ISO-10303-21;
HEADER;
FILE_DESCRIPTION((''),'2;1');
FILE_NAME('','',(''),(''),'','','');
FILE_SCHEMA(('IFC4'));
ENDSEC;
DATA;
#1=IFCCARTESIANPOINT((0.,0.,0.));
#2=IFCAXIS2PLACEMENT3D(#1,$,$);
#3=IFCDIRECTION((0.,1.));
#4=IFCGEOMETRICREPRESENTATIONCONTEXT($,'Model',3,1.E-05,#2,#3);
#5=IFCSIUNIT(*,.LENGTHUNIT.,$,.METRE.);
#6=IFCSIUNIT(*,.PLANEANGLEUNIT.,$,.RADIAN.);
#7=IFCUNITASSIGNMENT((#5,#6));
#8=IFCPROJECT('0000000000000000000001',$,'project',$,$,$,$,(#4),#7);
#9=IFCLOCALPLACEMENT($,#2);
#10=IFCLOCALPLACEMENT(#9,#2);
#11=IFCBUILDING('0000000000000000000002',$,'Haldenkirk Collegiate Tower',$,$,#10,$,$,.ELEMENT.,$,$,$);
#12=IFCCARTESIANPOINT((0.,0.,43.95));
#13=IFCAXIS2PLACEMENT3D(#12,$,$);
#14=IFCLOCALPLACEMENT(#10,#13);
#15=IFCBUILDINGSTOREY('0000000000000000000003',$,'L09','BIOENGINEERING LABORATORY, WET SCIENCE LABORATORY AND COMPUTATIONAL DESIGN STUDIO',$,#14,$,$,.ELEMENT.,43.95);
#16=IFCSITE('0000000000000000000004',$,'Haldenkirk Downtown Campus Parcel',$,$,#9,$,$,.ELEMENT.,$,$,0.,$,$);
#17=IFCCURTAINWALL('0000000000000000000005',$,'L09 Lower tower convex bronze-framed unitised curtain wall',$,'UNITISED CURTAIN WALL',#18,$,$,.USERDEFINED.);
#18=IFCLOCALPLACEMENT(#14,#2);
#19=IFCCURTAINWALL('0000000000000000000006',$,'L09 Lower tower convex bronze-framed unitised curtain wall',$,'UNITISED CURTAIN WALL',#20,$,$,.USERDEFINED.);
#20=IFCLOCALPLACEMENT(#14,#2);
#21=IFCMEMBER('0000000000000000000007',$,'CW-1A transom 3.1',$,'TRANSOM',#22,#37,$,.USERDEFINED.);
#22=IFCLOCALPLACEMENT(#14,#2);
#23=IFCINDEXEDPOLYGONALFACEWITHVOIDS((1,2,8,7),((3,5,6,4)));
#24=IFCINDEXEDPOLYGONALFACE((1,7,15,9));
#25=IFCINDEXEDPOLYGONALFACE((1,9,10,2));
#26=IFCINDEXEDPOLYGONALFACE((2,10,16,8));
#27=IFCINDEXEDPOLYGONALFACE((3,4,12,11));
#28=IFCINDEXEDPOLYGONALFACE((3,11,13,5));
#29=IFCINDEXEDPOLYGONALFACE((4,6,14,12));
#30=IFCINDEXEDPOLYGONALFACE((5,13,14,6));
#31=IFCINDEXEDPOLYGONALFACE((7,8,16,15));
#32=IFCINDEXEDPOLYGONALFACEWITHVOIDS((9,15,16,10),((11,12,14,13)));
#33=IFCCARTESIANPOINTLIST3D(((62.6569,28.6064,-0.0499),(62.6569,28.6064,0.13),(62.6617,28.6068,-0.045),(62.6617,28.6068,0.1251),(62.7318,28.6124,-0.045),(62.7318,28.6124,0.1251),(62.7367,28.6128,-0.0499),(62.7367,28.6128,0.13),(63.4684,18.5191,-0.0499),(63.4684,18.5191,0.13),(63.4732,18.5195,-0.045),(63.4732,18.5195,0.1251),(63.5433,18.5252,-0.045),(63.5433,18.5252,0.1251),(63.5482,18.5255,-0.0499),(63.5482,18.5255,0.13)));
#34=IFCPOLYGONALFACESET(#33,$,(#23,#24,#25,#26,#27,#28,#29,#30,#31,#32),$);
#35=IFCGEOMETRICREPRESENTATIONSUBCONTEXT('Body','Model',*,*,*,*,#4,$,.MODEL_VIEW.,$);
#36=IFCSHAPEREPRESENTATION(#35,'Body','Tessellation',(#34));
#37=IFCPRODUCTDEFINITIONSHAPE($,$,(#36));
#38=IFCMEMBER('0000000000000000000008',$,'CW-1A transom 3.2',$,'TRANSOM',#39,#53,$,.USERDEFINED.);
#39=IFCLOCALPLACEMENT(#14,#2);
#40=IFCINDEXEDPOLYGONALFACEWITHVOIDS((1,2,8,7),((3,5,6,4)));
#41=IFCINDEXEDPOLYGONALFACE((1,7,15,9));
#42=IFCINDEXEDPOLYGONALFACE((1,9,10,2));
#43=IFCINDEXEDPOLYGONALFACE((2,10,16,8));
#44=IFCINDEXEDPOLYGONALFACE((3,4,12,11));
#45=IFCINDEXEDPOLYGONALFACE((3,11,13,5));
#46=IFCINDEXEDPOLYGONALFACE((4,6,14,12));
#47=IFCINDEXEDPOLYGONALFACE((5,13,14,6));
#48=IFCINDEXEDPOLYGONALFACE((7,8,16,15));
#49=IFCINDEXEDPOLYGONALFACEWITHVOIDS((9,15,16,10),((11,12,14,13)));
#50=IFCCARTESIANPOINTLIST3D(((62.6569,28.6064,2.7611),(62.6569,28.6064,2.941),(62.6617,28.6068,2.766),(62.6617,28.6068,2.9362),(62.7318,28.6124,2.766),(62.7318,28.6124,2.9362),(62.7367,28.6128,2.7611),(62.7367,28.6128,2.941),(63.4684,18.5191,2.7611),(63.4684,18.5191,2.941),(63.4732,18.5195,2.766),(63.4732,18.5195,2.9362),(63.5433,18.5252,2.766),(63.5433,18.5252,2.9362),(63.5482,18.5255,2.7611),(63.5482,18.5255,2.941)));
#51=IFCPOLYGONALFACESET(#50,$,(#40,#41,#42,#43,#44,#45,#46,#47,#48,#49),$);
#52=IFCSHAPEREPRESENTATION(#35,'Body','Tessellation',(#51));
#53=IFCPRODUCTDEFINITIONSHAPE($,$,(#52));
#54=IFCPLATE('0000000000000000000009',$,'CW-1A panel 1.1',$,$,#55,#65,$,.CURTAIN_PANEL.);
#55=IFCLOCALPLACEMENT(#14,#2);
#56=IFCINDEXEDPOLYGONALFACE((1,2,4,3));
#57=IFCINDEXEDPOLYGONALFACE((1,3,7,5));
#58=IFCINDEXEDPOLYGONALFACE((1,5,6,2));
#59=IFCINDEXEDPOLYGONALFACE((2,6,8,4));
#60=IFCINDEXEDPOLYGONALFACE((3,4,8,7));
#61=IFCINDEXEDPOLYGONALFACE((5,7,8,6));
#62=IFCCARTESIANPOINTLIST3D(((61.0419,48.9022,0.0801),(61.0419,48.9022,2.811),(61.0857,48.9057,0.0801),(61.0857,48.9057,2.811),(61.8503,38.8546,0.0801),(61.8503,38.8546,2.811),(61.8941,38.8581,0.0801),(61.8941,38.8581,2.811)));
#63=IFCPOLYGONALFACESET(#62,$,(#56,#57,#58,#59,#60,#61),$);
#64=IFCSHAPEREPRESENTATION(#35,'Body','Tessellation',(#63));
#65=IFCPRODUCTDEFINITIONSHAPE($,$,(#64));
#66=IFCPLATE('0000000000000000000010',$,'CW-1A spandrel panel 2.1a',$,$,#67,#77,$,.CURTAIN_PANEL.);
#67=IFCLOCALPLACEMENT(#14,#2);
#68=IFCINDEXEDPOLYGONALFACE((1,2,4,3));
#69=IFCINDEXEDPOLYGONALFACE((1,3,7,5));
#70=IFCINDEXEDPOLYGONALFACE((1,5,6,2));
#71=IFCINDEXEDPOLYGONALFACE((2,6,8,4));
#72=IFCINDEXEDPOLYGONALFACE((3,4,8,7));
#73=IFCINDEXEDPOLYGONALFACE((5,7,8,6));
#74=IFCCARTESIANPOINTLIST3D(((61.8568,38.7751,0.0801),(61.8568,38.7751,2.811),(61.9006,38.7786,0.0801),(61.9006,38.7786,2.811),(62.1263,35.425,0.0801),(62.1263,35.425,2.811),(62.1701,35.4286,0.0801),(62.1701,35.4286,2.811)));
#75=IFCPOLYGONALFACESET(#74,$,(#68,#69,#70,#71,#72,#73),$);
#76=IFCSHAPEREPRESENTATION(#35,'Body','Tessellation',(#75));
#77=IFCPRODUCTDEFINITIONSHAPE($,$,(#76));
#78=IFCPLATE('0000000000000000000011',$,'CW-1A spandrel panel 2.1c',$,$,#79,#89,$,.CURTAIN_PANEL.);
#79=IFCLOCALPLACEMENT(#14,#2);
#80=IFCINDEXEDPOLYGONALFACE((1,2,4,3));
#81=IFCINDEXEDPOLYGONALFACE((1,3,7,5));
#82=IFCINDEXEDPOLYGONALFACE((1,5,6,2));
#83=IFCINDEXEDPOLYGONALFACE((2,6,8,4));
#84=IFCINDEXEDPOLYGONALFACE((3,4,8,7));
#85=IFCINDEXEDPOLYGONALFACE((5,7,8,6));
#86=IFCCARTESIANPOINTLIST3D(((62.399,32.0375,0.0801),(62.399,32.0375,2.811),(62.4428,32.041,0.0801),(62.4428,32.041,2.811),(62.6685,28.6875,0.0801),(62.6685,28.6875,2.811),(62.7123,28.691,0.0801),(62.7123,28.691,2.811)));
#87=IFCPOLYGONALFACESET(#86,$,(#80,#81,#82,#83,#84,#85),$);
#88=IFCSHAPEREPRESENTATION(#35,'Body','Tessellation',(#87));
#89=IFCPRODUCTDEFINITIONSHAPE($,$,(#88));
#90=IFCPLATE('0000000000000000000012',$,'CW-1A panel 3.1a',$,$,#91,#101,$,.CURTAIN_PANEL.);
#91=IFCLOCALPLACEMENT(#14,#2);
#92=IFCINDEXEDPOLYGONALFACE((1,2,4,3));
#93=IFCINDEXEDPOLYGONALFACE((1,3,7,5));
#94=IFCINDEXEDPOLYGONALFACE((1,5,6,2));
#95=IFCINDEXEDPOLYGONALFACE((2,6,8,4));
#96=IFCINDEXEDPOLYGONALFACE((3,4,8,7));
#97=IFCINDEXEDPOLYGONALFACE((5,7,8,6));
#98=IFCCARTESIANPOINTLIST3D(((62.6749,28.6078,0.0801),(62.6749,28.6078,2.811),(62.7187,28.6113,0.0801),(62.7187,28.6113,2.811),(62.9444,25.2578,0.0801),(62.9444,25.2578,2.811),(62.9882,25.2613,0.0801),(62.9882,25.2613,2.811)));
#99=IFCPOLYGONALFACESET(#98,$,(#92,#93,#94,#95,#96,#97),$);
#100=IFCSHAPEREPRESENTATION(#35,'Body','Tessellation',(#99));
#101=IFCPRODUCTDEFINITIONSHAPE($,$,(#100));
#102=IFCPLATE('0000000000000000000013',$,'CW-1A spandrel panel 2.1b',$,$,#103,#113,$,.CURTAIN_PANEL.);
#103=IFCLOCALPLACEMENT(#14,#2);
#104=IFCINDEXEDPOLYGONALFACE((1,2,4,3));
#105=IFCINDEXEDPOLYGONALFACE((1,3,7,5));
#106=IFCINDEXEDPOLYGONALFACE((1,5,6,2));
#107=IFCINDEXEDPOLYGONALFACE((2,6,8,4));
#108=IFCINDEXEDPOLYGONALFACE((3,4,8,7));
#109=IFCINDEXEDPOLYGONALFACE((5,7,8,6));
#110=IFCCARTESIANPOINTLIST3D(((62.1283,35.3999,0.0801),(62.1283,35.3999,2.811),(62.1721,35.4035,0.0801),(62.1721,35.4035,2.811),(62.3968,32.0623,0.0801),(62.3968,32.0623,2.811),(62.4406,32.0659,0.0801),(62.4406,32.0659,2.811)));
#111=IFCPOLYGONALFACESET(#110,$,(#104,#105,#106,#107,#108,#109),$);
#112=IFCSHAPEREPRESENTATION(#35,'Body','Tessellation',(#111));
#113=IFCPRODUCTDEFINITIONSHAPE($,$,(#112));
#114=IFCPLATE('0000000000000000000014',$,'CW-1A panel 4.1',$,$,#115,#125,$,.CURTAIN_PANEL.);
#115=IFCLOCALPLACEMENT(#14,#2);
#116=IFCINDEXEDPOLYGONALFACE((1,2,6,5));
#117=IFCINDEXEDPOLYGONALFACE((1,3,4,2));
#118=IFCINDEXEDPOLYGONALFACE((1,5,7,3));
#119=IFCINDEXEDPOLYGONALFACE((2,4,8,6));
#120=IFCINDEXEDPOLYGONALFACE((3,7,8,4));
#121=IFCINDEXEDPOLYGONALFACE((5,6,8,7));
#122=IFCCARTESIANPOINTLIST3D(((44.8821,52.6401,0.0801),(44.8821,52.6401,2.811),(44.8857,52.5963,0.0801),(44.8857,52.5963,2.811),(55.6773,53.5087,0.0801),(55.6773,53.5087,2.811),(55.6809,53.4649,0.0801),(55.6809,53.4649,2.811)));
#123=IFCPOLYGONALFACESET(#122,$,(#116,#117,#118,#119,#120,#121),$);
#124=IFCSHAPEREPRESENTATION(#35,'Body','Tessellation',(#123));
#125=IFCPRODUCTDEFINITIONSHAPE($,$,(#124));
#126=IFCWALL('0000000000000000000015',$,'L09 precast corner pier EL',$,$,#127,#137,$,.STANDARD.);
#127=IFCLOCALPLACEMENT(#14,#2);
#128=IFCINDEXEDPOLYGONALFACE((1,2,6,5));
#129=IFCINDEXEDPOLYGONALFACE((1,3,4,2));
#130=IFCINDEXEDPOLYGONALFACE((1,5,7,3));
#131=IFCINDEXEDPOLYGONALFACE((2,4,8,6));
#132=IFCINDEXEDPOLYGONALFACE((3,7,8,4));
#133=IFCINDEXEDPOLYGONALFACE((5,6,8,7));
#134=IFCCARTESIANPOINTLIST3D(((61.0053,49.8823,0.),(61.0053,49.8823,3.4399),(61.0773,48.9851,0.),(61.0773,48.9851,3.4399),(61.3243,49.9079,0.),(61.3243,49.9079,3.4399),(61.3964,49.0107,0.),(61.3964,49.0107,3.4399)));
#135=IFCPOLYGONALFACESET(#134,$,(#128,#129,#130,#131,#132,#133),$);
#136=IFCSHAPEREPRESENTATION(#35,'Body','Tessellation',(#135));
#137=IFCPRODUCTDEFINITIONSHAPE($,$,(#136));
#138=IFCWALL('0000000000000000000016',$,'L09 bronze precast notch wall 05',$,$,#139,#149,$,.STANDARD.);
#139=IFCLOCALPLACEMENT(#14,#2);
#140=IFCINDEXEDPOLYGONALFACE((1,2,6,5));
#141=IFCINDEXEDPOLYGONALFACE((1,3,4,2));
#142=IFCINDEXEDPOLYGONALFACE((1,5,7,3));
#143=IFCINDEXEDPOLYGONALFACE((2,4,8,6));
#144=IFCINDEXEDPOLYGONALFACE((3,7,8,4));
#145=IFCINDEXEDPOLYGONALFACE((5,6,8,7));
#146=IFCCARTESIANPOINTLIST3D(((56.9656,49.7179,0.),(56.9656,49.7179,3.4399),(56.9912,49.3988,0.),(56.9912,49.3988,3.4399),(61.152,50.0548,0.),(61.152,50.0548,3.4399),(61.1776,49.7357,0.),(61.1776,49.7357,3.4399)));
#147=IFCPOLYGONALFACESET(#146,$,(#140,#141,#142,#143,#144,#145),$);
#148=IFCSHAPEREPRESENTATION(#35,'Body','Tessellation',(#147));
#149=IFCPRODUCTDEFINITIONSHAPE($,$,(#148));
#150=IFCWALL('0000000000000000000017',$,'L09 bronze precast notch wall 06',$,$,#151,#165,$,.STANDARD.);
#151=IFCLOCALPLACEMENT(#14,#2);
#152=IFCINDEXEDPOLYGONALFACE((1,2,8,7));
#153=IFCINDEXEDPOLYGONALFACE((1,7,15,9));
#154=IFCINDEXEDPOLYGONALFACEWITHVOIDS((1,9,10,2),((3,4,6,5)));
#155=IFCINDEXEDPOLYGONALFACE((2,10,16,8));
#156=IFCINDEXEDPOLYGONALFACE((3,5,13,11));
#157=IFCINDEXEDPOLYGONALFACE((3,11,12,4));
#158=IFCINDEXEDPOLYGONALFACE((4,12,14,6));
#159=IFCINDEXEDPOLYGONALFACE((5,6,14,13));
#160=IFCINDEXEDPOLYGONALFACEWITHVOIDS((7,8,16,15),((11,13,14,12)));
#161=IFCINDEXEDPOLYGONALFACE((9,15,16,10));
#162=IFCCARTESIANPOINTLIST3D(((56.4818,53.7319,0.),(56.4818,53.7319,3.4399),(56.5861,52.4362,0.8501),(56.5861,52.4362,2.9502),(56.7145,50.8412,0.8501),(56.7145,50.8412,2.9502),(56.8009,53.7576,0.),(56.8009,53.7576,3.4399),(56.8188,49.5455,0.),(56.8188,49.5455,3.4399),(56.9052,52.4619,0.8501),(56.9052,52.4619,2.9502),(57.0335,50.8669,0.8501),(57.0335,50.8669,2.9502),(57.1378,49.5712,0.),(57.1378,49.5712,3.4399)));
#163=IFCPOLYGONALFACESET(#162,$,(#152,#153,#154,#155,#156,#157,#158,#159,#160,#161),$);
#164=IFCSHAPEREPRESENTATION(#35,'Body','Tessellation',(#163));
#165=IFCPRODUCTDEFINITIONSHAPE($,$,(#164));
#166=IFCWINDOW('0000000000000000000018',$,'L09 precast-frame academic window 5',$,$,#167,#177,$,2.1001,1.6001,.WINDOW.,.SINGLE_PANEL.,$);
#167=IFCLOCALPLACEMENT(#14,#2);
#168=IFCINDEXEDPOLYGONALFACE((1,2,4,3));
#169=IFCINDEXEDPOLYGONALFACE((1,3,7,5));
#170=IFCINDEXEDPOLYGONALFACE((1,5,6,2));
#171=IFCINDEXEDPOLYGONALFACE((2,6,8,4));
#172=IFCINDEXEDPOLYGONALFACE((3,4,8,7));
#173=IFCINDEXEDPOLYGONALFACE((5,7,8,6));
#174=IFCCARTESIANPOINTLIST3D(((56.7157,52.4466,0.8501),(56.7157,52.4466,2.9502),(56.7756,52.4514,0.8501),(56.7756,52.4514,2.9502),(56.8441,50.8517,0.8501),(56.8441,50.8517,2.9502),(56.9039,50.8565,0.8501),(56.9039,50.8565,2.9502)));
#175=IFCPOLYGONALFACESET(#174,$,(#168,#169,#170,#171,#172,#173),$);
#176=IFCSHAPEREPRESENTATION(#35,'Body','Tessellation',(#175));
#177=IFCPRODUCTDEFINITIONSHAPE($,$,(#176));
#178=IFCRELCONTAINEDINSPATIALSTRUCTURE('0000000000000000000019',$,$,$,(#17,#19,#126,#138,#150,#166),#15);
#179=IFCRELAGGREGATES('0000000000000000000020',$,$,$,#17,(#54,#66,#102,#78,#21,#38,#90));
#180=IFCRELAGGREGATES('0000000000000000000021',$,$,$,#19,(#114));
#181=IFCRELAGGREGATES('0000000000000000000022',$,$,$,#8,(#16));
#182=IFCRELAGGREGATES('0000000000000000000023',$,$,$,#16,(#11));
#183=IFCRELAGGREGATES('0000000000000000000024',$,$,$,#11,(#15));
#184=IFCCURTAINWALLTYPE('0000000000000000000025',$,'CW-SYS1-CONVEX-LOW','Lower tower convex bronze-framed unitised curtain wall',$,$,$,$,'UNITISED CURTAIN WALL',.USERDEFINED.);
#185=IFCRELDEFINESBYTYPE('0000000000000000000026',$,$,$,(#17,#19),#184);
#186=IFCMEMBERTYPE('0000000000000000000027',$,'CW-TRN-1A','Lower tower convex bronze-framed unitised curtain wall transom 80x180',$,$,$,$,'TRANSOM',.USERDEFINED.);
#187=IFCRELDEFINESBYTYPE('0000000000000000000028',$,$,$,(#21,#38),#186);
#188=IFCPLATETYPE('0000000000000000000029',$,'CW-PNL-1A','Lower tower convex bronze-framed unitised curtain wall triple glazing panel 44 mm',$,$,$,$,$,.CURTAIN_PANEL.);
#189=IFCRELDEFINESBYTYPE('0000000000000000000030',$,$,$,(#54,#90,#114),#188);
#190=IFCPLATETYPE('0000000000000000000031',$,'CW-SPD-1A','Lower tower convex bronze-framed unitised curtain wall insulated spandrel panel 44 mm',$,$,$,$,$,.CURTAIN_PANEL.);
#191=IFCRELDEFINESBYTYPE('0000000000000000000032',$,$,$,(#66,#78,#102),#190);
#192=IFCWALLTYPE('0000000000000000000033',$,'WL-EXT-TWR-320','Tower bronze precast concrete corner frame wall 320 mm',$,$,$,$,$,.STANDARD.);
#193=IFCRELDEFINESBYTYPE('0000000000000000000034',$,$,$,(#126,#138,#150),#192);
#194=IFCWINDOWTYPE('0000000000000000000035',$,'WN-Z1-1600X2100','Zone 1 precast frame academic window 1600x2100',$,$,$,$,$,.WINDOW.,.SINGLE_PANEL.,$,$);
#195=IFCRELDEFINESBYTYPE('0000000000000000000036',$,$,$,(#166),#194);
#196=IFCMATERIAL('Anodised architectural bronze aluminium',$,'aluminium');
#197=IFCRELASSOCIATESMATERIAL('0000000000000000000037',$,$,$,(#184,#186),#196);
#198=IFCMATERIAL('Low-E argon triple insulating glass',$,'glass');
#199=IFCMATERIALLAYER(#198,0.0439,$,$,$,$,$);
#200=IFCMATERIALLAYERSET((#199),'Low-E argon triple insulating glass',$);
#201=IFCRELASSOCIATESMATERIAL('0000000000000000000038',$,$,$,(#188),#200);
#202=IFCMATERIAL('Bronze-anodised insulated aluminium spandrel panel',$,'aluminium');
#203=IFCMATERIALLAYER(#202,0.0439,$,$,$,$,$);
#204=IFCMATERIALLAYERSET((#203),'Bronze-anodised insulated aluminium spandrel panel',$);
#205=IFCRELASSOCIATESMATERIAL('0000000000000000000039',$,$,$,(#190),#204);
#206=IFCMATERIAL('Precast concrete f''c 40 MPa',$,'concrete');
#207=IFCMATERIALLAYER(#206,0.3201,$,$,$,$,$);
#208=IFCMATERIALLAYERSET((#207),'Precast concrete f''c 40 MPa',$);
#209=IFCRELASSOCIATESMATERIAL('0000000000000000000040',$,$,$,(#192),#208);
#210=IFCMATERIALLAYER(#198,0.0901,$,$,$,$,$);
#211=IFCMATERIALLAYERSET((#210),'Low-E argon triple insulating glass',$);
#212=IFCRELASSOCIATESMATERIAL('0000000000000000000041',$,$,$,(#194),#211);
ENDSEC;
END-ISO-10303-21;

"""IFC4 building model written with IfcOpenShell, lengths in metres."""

from ifc_helpers import new_model, si_unit, direction, frame, frame_2d, origin, origin_2d, place, context, subcontext, project, spatial, rectangle, hollow_rectangle, extrude, source, transform, mapped, material, layer, layer_set, material_profile, profile_set, type_object, element, fill, aggregate, save


model = new_model("IFC4")

# Units and contexts
model_context = context("Model", 3, precision=1e-05, world=origin(), true_north=direction((0.0, 1.0)))
body_context = subcontext(model_context, "Body", "Model", "MODEL_VIEW")
ifc_project = project(units=[si_unit("LENGTHUNIT", "METRE"), si_unit("PLANEANGLEUNIT", "RADIAN")], contexts=[model_context])

# Site, building, storey
site_placement = place(None, origin())
site = spatial("IfcSite", under=ifc_project, at=site_placement, Name="Haldenkirk Downtown Campus Parcel", CompositionType="ELEMENT", RefElevation=0.0)
building_placement = place(site_placement, origin())
building = spatial("IfcBuilding", under=site, at=building_placement, Name="Haldenkirk Collegiate Tower", CompositionType="ELEMENT")
storey_placement = place(building_placement, frame((0.0, 0.0, 43.95)))
storey = spatial("IfcBuildingStorey", under=building, at=storey_placement, Name="L09", Description="BIOENGINEERING LABORATORY, WET SCIENCE LABORATORY AND COMPUTATIONAL DESIGN STUDIO", CompositionType="ELEMENT", Elevation=43.95)

# Curtain wall
ifc_material_1 = material(Name="Anodised architectural bronze aluminium", Category="aluminium")
curtain_wall_type = type_object("IfcCurtainWallType", Name="CW-SYS1-CONVEX-LOW", Description="Lower tower convex bronze-framed unitised curtain wall", ElementType="UNITISED CURTAIN WALL", PredefinedType="USERDEFINED", material=ifc_material_1)
curtain_wall_1_placement = place(storey_placement, origin())
curtain_wall_1 = element("IfcCurtainWall", 1, at=curtain_wall_1_placement, inside=storey, type_object=curtain_wall_type, Name="L09 Lower tower convex bronze-framed unitised curtain wall", ObjectType="UNITISED CURTAIN WALL", PredefinedType="USERDEFINED")

# Curtain wall
curtain_wall_2_placement = place(storey_placement, origin())
curtain_wall_2 = element("IfcCurtainWall", 2, at=curtain_wall_2_placement, inside=storey, type_object=curtain_wall_type, Name="L09 Lower tower convex bronze-framed unitised curtain wall", ObjectType="UNITISED CURTAIN WALL", PredefinedType="USERDEFINED")

# Members
ifc_material_profile_1 = material_profile(ifc_material_1, hollow_rectangle(XDim=0.0801, YDim=0.1799, WallThickness=0.0049, at=origin_2d()), Name="CW-TRN-1A")
ifc_profile_set_1 = profile_set([ifc_material_profile_1], Name="Anodised architectural bronze aluminium")
member_type_1 = type_object("IfcMemberType", Name="CW-TRN-1A", Description="Lower tower convex bronze-framed unitised curtain wall transom 80x180", ElementType="TRANSOM", PredefinedType="USERDEFINED", material=ifc_profile_set_1)
member_1_placement = place(storey_placement, frame((62.6968, 28.6096, 0.04), z_axis=(0.08019, -0.99678, 0.0), x_axis=(0.99678, 0.08019, 0.0)))
member_1 = element("IfcMember", 3, at=member_1_placement, type_object=member_type_1, Name="CW-1A transom 3.1", ObjectType="TRANSOM", PredefinedType="USERDEFINED", context=body_context, shape_type="SweptSolid", body=[
    extrude(hollow_rectangle(XDim=0.0801, YDim=0.1799, WallThickness=0.0049, at=origin_2d()), origin(), (0.0, 0.0, 1.0), 10.1199),
])
member_2_placement = place(storey_placement, frame((62.6968, 28.6096, 2.8511), z_axis=(0.08019, -0.99678, 0.0), x_axis=(0.99678, 0.08019, 0.0)))
member_2 = element("IfcMember", 4, at=member_2_placement, type_object=member_type_1, Name="CW-1A transom 3.2", ObjectType="TRANSOM", PredefinedType="USERDEFINED", context=body_context, shape_type="SweptSolid", body=[
    extrude(hollow_rectangle(XDim=0.0801, YDim=0.1799, WallThickness=0.0049, at=origin_2d()), origin(), (0.0, 0.0, 1.0), 10.1199),
])

# Plates
ifc_material_2 = material(Name="Low-E argon triple insulating glass", Category="glass")
ifc_layer_1 = layer(ifc_material_2, 0.0439)
ifc_layer_set_1 = layer_set([ifc_layer_1], Name="Low-E argon triple insulating glass")
plate_type_1 = type_object("IfcPlateType", Name="CW-PNL-1A", Description="Lower tower convex bronze-framed unitised curtain wall triple glazing panel 44 mm", PredefinedType="CURTAIN_PANEL", material=ifc_layer_set_1)
shared_shape_1 = source(origin(), body_context, "Body", "SweptSolid", [
    extrude(rectangle(XDim=10.0801, YDim=0.0439, at=origin_2d()), origin(), (0.0, 0.0, 1.0), 2.731),
])
plate_1_placement = place(storey_placement, frame((61.468, 43.8801, 0.0801), z_axis=(0.0, 0.0, 1.0), x_axis=(0.080198, -0.996779, 0.0)))
plate_1 = element("IfcPlate", 5, at=plate_1_placement, type_object=plate_type_1, Name="CW-1A panel 1.1", PredefinedType="CURTAIN_PANEL", context=body_context, shape_type="MappedRepresentation", body=[
    mapped(shared_shape_1, transform((0.0, 0.0, 0.0), x_axis=(1.0, 0.0, 0.0), y_axis=(0.0, 1.0, 0.0), z_axis=(0.0, 0.0, 1.0), scale=1.0)),
])
ifc_material_3 = material(Name="Bronze-anodised insulated aluminium spandrel panel", Category="aluminium")
ifc_layer_2 = layer(ifc_material_3, 0.0439)
ifc_layer_set_2 = layer_set([ifc_layer_2], Name="Bronze-anodised insulated aluminium spandrel panel")
plate_type_2 = type_object("IfcPlateType", Name="CW-SPD-1A", Description="Lower tower convex bronze-framed unitised curtain wall insulated spandrel panel 44 mm", PredefinedType="CURTAIN_PANEL", material=ifc_layer_set_2)
shared_shape_2 = source(origin(), body_context, "Body", "SweptSolid", [
    extrude(rectangle(XDim=3.3608, YDim=0.0439, at=origin_2d()), origin(), (0.0, 0.0, 1.0), 2.731),
])
plate_2_placement = place(storey_placement, frame((62.0134, 37.1018, 0.0801), z_axis=(0.0, 0.0, 1.0), x_axis=(0.080198, -0.996779, 0.0)))
plate_2 = element("IfcPlate", 6, at=plate_2_placement, type_object=plate_type_2, Name="CW-1A spandrel panel 2.1a", PredefinedType="CURTAIN_PANEL", context=body_context, shape_type="MappedRepresentation", body=[
    mapped(shared_shape_2, transform((0.0, 0.0, 0.0), x_axis=(1.0, 0.0, 0.0), y_axis=(0.0, 1.0, 0.0), z_axis=(0.0, 0.0, 1.0), scale=1.0)),
])
plate_3_placement = place(storey_placement, frame((62.5557, 30.3643, 0.0801), z_axis=(0.0, 0.0, 1.0), x_axis=(0.080198, -0.996779, 0.0)))
plate_3 = element("IfcPlate", 7, at=plate_3_placement, type_object=plate_type_2, Name="CW-1A spandrel panel 2.1c", PredefinedType="CURTAIN_PANEL", context=body_context, shape_type="MappedRepresentation", body=[
    mapped(shared_shape_2, transform((0.0, 0.0, 0.0), x_axis=(1.0, 0.0, 0.0), y_axis=(0.0, 1.0, 0.0), z_axis=(0.0, 0.0, 1.0), scale=1.0)),
])
plate_4_placement = place(storey_placement, frame((62.8315, 26.9346, 0.0801), z_axis=(0.0, 0.0, 1.0), x_axis=(0.080198, -0.996779, 0.0)))
plate_4 = element("IfcPlate", 8, at=plate_4_placement, type_object=plate_type_1, Name="CW-1A panel 3.1a", PredefinedType="CURTAIN_PANEL", context=body_context, shape_type="MappedRepresentation", body=[
    mapped(shared_shape_2, transform((0.0, 0.0, 0.0), x_axis=(1.0, 0.0, 0.0), y_axis=(0.0, 1.0, 0.0), z_axis=(0.0, 0.0, 1.0), scale=1.0)),
])
shared_shape_3 = source(origin(), body_context, "Body", "SweptSolid", [
    extrude(rectangle(XDim=3.3484, YDim=0.0439, at=origin_2d()), origin(), (0.0, 0.0, 1.0), 2.731),
])
plate_5_placement = place(storey_placement, frame((62.2844, 33.7329, 0.0801), z_axis=(0.0, 0.0, 1.0), x_axis=(0.080198, -0.996779, 0.0)))
plate_5 = element("IfcPlate", 9, at=plate_5_placement, type_object=plate_type_2, Name="CW-1A spandrel panel 2.1b", PredefinedType="CURTAIN_PANEL", context=body_context, shape_type="MappedRepresentation", body=[
    mapped(shared_shape_3, transform((0.0, 0.0, 0.0), x_axis=(1.0, 0.0, 0.0), y_axis=(0.0, 1.0, 0.0), z_axis=(0.0, 0.0, 1.0), scale=1.0)),
])
aggregate(curtain_wall_1, [plate_1, plate_2, plate_5, plate_3, member_1, member_2, plate_4])
shared_shape_4 = source(origin(), body_context, "Body", "SweptSolid", [
    extrude(rectangle(XDim=10.8301, YDim=0.0439, at=origin_2d()), origin(), (0.0, 0.0, 1.0), 2.731),
])
plate_6_placement = place(storey_placement, frame((50.2815, 53.0525, 0.0801), z_axis=(0.0, 0.0, 1.0), x_axis=(0.996779, 0.080199, 0.0)))
plate_6 = element("IfcPlate", 10, at=plate_6_placement, type_object=plate_type_1, Name="CW-1A panel 4.1", PredefinedType="CURTAIN_PANEL", context=body_context, shape_type="MappedRepresentation", body=[
    mapped(shared_shape_4, transform((0.0, 0.0, 0.0), x_axis=(1.0, 0.0, 0.0), y_axis=(0.0, 1.0, 0.0), z_axis=(0.0, 0.0, 1.0), scale=1.0)),
])
aggregate(curtain_wall_2, [plate_6])

# Walls
ifc_material_4 = material(Name="Precast concrete f'c 40 MPa", Category="concrete")
ifc_layer_3 = layer(ifc_material_4, 0.3201)
ifc_layer_set_3 = layer_set([ifc_layer_3], Name="Precast concrete f'c 40 MPa")
wall_type_1 = type_object("IfcWallType", Name="WL-EXT-TWR-320", Description="Tower bronze precast concrete corner frame wall 320 mm", PredefinedType="STANDARD", material=ifc_layer_set_3)
wall_1_placement = place(storey_placement, frame((61.1648, 49.8953, 0.0), z_axis=(0.0, 0.0, 1.0), x_axis=(0.080015, -0.996794, 0.0)))
element("IfcWall", 11, at=wall_1_placement, inside=storey, type_object=wall_type_1, Name="L09 precast corner pier EL", PredefinedType="STANDARD", context=body_context, shape_type="SweptSolid", body=[
    extrude(rectangle(XDim=0.9001, YDim=0.3201, at=frame_2d((0.4502, 0.0))), origin(), (0.0, 0.0, 1.0), 3.4399),
])
wall_2_placement = place(storey_placement, frame((56.9783, 49.5583, 0.0), z_axis=(0.0, 0.0, 1.0), x_axis=(0.996777, 0.080217, 0.0)))
element("IfcWall", 12, at=wall_2_placement, inside=storey, type_object=wall_type_1, Name="L09 bronze precast notch wall 05", PredefinedType="STANDARD", context=body_context, shape_type="SweptSolid", body=[
    extrude(rectangle(XDim=4.2, YDim=0.3201, at=frame_2d((2.1001, 0.0))), origin(), (0.0, 0.0, 1.0), 3.4399),
])

# Wall, opening, window
wall_3_placement = place(storey_placement, frame((56.6414, 53.7449, 0.0), z_axis=(0.0, 0.0, 1.0), x_axis=(0.080217, -0.996777, 0.0)))
wall_3 = element("IfcWall", 13, at=wall_3_placement, inside=storey, type_object=wall_type_1, Name="L09 bronze precast notch wall 06", PredefinedType="STANDARD", context=body_context, shape_type="SweptSolid", body=[
    extrude(rectangle(XDim=4.2, YDim=0.3201, at=frame_2d((2.1001, 0.0))), origin(), (0.0, 0.0, 1.0), 3.4399),
])
opening_placement = place(wall_3_placement, frame((1.3, 0.0, 0.8501)))
opening = element("IfcOpeningElement", 14, at=opening_placement, cuts=wall_3, PredefinedType="OPENING", context=body_context, shape_type="SweptSolid", body=[
    extrude(rectangle(XDim=1.6001, YDim=2.1001, at=frame_2d((0.8, 1.05))), frame((0.0, 0.1699, 0.0), z_axis=(0.0, -1.0, 0.0), x_axis=(1.0, 0.0, 0.0)), (0.0, 0.0, 1.0), 0.3401),
])
ifc_layer_4 = layer(ifc_material_2, 0.0901)
ifc_layer_set_4 = layer_set([ifc_layer_4], Name="Low-E argon triple insulating glass")
window_type = type_object("IfcWindowType", Name="WN-Z1-1600X2100", Description="Zone 1 precast frame academic window 1600x2100", PartitioningType="SINGLE_PANEL", PredefinedType="WINDOW", material=ifc_layer_set_4)
window_placement = place(opening_placement, origin())
window = element("IfcWindow", 15, at=window_placement, inside=storey, type_object=window_type, Name="L09 precast-frame academic window 5", OverallHeight=2.1001, OverallWidth=1.6001, PartitioningType="SINGLE_PANEL", PredefinedType="WINDOW", context=body_context, shape_type="SweptSolid", body=[
    extrude(rectangle(XDim=1.6001, YDim=2.1001, at=frame_2d((0.8, 1.05))), frame((0.0, 0.03, 0.0), z_axis=(0.0, -1.0, 0.0), x_axis=(1.0, 0.0, 0.0)), (0.0, 0.0, 1.0), 0.0601),
])
fill(opening, window)

save(model, "model.ifc")
